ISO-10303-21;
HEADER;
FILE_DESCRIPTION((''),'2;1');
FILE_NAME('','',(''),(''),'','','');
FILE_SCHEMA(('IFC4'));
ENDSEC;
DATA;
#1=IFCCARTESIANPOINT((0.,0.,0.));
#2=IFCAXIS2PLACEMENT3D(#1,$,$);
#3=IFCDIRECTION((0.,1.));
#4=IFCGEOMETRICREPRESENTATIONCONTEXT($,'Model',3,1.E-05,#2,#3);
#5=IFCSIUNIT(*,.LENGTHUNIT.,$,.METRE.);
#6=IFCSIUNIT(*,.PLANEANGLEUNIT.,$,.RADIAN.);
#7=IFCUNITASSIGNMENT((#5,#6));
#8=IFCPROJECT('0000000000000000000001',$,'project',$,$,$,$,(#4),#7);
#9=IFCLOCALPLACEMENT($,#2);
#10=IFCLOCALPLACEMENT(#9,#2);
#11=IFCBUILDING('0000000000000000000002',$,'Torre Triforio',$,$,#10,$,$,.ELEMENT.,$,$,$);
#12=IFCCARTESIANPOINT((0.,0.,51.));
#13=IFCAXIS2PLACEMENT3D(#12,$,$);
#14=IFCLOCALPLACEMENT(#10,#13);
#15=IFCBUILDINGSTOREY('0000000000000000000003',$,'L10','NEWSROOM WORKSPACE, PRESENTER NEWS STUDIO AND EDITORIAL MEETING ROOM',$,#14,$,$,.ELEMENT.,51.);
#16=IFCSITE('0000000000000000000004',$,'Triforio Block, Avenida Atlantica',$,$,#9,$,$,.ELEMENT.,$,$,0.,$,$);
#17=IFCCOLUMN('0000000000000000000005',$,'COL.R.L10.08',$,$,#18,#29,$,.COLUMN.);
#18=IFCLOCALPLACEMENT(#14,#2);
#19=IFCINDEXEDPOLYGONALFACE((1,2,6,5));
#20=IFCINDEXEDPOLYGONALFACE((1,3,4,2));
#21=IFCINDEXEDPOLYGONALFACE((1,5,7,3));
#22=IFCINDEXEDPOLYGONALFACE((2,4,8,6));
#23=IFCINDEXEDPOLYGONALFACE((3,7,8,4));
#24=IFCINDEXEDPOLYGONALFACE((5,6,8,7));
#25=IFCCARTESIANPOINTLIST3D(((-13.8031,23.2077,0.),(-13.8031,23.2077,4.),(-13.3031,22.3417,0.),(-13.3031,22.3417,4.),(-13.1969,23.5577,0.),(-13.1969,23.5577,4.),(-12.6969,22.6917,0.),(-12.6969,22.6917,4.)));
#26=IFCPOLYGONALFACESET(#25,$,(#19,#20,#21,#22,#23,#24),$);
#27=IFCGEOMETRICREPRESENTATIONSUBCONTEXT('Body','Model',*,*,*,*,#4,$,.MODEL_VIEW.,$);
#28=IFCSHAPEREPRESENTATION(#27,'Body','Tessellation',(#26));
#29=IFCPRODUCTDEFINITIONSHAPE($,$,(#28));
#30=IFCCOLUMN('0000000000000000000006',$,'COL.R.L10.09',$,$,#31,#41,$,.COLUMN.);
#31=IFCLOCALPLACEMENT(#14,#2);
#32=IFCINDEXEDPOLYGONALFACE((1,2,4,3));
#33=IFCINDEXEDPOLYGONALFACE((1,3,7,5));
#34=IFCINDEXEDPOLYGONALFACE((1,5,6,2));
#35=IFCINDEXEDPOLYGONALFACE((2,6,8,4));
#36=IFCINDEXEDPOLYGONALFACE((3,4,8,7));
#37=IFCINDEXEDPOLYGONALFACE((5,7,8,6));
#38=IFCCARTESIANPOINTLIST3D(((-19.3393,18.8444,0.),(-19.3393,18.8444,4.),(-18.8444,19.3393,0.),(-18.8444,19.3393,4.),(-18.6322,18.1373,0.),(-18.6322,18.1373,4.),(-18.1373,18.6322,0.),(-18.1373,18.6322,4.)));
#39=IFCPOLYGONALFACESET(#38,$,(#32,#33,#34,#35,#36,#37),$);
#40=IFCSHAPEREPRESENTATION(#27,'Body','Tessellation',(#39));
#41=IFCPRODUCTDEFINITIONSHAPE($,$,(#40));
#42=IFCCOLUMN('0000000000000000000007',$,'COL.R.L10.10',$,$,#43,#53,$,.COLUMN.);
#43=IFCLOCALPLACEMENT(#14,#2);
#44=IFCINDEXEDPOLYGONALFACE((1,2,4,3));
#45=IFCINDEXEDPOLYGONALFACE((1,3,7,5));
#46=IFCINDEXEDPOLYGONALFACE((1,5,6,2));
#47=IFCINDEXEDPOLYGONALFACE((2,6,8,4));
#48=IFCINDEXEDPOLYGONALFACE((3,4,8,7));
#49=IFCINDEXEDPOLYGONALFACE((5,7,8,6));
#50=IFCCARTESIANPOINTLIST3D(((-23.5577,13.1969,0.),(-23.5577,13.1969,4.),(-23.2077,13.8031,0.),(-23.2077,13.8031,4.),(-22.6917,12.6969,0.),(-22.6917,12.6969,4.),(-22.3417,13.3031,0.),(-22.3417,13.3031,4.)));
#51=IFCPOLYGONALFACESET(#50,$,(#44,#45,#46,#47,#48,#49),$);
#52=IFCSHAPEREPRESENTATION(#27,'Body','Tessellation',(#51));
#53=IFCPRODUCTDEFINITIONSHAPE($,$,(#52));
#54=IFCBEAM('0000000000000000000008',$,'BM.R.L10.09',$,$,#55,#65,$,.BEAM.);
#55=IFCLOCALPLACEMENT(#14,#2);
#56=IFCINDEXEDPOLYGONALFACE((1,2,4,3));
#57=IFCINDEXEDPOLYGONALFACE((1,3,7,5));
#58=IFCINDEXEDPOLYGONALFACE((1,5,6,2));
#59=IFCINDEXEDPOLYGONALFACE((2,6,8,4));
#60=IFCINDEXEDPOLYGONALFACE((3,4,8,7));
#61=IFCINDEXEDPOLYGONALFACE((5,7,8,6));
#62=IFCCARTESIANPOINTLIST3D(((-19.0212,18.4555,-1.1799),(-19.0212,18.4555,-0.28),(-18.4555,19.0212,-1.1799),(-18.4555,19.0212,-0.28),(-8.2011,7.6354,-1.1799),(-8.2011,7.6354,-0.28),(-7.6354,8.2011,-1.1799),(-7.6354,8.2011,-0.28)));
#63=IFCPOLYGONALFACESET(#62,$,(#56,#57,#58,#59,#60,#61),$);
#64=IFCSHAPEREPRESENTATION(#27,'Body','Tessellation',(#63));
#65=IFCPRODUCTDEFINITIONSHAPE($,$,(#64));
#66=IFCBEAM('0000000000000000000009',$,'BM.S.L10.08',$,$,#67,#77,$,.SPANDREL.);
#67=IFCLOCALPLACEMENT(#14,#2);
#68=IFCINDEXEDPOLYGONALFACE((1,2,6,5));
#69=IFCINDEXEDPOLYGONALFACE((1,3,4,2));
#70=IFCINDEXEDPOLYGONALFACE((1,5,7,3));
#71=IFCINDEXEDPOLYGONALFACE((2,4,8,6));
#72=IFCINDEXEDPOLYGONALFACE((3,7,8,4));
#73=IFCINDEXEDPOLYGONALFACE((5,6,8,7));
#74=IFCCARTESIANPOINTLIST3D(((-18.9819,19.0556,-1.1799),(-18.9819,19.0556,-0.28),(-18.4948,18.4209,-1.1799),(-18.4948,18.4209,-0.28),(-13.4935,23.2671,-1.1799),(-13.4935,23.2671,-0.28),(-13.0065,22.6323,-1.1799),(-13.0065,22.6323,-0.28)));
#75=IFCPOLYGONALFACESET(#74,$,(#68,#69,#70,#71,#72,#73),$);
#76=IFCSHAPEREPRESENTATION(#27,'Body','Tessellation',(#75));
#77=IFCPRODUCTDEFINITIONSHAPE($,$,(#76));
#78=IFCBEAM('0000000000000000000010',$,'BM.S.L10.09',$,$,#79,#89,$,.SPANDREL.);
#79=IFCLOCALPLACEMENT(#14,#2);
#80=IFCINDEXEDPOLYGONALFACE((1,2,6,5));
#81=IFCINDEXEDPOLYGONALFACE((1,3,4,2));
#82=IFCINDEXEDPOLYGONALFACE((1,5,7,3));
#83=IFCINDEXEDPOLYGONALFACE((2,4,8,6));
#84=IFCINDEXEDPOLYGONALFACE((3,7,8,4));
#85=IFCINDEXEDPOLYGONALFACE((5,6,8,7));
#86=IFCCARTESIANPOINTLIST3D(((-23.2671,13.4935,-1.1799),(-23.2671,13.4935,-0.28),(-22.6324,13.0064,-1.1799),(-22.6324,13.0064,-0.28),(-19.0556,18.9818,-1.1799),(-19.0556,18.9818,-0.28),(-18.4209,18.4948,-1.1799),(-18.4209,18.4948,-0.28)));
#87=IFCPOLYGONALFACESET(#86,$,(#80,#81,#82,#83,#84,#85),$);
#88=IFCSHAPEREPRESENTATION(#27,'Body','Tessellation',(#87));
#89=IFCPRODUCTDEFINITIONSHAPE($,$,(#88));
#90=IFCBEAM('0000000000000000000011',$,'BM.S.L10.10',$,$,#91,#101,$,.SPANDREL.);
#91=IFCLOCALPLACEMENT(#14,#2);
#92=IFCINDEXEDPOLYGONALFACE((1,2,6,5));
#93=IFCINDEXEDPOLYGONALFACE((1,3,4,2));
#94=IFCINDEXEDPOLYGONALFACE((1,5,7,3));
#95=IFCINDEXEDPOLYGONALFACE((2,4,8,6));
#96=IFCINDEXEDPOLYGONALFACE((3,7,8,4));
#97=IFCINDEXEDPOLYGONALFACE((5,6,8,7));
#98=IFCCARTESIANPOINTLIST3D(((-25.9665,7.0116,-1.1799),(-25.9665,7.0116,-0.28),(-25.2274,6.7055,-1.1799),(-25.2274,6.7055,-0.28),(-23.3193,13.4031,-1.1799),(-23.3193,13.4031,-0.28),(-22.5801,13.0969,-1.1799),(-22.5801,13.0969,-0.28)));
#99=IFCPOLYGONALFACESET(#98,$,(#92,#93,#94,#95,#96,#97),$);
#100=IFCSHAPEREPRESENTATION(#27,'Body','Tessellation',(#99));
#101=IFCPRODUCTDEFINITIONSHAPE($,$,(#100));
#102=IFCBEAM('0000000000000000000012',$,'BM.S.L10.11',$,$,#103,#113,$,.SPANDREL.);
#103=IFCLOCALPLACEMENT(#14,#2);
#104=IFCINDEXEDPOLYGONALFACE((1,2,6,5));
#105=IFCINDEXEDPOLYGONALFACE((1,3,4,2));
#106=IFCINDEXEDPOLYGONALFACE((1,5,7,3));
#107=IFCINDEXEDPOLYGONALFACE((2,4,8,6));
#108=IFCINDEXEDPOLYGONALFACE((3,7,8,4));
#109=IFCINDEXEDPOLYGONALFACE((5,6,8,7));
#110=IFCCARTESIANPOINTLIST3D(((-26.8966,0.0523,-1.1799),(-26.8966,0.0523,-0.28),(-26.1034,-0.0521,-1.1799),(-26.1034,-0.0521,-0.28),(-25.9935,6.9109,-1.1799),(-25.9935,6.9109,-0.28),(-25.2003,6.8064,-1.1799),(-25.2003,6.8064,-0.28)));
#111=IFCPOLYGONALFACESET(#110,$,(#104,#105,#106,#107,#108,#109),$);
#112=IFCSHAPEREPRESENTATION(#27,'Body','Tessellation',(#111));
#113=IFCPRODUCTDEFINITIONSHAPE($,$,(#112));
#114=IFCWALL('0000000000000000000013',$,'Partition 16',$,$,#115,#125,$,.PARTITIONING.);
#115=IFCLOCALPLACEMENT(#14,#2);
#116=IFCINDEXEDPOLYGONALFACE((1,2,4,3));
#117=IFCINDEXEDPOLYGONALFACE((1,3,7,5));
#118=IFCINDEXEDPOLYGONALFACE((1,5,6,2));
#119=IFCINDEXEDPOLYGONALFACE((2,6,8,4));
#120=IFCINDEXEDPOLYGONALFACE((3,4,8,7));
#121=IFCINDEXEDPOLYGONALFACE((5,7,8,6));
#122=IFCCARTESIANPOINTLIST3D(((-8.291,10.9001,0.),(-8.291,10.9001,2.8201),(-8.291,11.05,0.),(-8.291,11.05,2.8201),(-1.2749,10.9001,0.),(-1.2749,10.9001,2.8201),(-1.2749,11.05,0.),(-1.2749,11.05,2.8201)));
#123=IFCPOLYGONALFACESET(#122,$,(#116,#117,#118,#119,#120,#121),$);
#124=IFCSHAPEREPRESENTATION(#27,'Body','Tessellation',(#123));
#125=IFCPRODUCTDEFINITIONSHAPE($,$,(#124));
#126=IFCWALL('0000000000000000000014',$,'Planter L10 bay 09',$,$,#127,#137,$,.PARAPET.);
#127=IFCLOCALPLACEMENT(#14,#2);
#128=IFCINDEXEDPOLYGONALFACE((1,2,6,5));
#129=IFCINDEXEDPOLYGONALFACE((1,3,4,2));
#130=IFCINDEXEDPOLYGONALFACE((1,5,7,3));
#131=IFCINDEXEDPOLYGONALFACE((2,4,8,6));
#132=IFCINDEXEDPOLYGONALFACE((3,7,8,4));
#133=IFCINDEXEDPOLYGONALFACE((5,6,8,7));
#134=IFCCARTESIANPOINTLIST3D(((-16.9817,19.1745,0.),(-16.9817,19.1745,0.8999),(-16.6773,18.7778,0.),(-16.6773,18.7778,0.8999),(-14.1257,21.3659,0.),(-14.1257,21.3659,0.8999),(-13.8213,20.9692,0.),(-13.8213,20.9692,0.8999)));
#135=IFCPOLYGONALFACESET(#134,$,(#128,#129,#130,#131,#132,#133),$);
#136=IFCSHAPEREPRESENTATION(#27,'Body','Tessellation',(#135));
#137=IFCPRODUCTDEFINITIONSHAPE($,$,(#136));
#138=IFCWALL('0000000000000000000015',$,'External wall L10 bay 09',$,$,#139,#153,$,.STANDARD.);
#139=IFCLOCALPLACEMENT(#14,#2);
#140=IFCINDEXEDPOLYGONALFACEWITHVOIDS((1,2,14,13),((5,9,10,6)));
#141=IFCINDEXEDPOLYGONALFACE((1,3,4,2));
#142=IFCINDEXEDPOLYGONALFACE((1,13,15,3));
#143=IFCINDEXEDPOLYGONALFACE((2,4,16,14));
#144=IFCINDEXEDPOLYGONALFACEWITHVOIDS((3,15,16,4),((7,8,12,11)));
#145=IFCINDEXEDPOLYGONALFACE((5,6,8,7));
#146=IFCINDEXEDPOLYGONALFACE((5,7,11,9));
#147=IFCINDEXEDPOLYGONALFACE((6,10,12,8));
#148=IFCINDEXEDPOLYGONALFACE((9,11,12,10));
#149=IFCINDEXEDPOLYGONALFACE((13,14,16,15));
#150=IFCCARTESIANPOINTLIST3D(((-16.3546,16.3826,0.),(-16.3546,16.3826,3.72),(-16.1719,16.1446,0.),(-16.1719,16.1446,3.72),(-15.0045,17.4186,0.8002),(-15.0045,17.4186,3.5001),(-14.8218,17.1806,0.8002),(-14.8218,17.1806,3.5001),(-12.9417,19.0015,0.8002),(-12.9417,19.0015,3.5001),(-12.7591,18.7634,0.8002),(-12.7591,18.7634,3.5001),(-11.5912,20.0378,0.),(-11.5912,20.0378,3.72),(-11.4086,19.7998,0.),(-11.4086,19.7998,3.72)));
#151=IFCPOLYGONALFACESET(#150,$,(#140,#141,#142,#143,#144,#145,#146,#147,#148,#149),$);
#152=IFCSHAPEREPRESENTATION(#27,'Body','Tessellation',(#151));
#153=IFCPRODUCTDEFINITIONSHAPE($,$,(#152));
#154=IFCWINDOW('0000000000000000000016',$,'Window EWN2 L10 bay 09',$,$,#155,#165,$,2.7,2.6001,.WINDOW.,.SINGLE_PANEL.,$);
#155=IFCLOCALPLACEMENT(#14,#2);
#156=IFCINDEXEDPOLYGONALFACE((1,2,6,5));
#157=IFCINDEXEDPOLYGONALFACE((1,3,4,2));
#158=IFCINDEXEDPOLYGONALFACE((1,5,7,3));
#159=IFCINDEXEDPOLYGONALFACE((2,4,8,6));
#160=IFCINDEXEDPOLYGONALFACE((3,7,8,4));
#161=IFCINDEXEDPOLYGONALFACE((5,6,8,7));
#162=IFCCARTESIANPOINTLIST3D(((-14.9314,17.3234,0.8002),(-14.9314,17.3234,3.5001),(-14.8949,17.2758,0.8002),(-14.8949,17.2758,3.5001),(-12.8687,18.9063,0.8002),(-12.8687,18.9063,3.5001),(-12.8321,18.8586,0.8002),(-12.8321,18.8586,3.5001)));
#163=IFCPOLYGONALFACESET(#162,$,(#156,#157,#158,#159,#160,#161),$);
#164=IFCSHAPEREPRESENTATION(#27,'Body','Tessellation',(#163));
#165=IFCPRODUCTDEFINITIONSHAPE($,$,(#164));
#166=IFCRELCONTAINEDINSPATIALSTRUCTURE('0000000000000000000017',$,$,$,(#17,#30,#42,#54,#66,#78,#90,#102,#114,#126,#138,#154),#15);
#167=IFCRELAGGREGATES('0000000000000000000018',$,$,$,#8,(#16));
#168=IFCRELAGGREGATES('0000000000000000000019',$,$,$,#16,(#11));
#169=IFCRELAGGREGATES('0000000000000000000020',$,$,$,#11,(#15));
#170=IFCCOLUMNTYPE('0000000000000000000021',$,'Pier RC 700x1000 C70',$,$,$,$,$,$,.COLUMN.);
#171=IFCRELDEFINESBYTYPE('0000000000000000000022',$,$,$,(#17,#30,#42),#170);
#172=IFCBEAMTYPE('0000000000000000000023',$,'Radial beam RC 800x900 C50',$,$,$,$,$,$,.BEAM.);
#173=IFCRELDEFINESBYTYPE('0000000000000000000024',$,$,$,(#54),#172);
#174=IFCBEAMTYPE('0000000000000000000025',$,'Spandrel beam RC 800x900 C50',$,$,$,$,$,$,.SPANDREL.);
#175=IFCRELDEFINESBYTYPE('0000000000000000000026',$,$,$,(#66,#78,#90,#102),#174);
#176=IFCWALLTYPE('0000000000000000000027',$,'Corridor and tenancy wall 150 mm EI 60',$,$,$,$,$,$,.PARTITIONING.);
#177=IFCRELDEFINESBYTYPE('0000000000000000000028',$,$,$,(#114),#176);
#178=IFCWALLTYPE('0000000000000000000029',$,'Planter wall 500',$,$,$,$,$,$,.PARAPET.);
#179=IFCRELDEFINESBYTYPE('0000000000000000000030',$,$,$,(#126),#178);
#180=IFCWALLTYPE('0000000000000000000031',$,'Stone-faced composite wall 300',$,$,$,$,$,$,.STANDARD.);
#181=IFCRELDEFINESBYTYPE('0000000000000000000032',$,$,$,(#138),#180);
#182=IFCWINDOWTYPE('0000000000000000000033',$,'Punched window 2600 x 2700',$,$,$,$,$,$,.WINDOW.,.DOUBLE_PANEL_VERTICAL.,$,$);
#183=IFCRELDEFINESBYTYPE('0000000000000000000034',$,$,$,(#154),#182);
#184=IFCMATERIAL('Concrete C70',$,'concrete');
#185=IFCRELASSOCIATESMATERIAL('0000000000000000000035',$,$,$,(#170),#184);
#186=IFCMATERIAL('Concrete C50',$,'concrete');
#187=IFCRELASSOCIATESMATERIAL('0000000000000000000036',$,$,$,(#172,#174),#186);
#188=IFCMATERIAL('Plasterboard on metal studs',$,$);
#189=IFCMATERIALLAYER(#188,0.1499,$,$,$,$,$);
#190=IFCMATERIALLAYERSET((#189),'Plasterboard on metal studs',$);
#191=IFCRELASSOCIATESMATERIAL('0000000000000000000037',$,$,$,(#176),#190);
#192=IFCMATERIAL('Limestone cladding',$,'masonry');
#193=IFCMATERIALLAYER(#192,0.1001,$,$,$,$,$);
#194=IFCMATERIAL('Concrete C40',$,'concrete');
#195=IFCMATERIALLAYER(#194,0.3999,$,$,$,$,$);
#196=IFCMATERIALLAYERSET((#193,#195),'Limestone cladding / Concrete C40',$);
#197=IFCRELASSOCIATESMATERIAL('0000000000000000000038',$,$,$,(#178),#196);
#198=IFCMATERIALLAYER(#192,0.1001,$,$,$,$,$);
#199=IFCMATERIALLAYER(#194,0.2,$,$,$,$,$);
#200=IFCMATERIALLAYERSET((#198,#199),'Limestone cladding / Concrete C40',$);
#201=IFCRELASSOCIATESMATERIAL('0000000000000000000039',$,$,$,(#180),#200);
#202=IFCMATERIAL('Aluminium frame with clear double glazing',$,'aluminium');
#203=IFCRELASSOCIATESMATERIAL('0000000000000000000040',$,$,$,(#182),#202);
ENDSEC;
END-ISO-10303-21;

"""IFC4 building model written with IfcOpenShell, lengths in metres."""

from ifc_helpers import new_model, si_unit, direction, frame, frame_2d, origin, origin_2d, place, context, subcontext, project, spatial, rectangle, extrude, material, layer, layer_set, material_profile, profile_set, type_object, element, fill, save


model = new_model("IFC4")

# Units and contexts
model_context = context("Model", 3, precision=1e-05, world=origin(), true_north=direction((0.0, 1.0)))
body_context = subcontext(model_context, "Body", "Model", "MODEL_VIEW")
ifc_project = project(units=[si_unit("LENGTHUNIT", "METRE"), si_unit("PLANEANGLEUNIT", "RADIAN")], contexts=[model_context])

# Site, building, storey
site_placement = place(None, origin())
site = spatial("IfcSite", under=ifc_project, at=site_placement, Name="Triforio Block, Avenida Atlantica", CompositionType="ELEMENT", RefElevation=0.0)
building_placement = place(site_placement, origin())
building = spatial("IfcBuilding", under=site, at=building_placement, Name="Torre Triforio", CompositionType="ELEMENT")
storey_placement = place(building_placement, frame((0.0, 0.0, 51.0)))
storey = spatial("IfcBuildingStorey", under=building, at=storey_placement, Name="L10", Description="NEWSROOM WORKSPACE, PRESENTER NEWS STUDIO AND EDITORIAL MEETING ROOM", CompositionType="ELEMENT", Elevation=51.0)

# Columns
ifc_material_1 = material(Name="Concrete C70", Category="concrete")
ifc_material_profile_1 = material_profile(ifc_material_1, rectangle(XDim=0.7, YDim=1.0, at=origin_2d()), Name="RC 700x1000")
ifc_profile_set_1 = profile_set([ifc_material_profile_1], Name="Concrete C70")
column_type = type_object("IfcColumnType", Name="Pier RC 700x1000 C70", PredefinedType="COLUMN", material=ifc_profile_set_1)
for number, where, z_axis, x_axis, name in (
    (1, (-13.25, 22.9497, 0.0), (0.0, 0.0, 1.0), (-0.866025, -0.5, 0.0), "COL.R.L10.08"),
    (2, (-18.7383, 18.7383, 0.0), (0.0, 0.0, 1.0), (-0.707107, -0.707107, 0.0), "COL.R.L10.09"),
    (3, (-22.9497, 13.25, 0.0), (0.0, 0.0, 1.0), (-0.5, -0.866025, 0.0), "COL.R.L10.10"),
):
    element("IfcColumn", number, at=place(storey_placement, frame(where, z_axis=z_axis, x_axis=x_axis)), inside=storey, type_object=column_type, Name=name, PredefinedType="COLUMN", context=body_context, shape_type="SweptSolid", body=[
        extrude(rectangle(XDim=0.7, YDim=1.0, at=origin_2d()), origin(), (0.0, 0.0, 1.0), 4.0),
    ])

# Beams
ifc_material_2 = material(Name="Concrete C50", Category="concrete")
ifc_material_profile_2 = material_profile(ifc_material_2, rectangle(XDim=0.8, YDim=0.8999, at=origin_2d()), Name="RC 800x900")
ifc_profile_set_2 = profile_set([ifc_material_profile_2], Name="Concrete C50")
beam_type_1 = type_object("IfcBeamType", Name="Radial beam RC 800x900 C50", PredefinedType="BEAM", material=ifc_profile_set_2)
beam_1_placement = place(storey_placement, frame((-7.9182, 7.9182, -0.73), z_axis=(-0.707107, 0.707107, 0.0), x_axis=(-0.707107, -0.707107, 0.0)))
element("IfcBeam", 4, at=beam_1_placement, inside=storey, type_object=beam_type_1, Name="BM.R.L10.09", PredefinedType="BEAM", context=body_context, shape_type="SweptSolid", body=[
    extrude(rectangle(XDim=0.8, YDim=0.8999, at=origin_2d()), origin(), (0.0, 0.0, 1.0), 15.302),
])
ifc_material_profile_3 = material_profile(ifc_material_2, rectangle(XDim=0.8, YDim=0.8999, at=origin_2d()), Name="RC 800x900")
ifc_profile_set_3 = profile_set([ifc_material_profile_3], Name="Concrete C50")
beam_type_2 = type_object("IfcBeamType", Name="Spandrel beam RC 800x900 C50", PredefinedType="SPANDREL", material=ifc_profile_set_3)
for number, where, z_axis, x_axis, name in (
    (5, (-13.25, 22.9497, -0.73), (-0.793345, -0.608772, 0.0), (0.608772, -0.793345, 0.0), "BM.S.L10.08"),
    (6, (-18.7383, 18.7383, -0.73), (-0.608772, -0.793345, 0.0), (0.793345, -0.608772, 0.0), "BM.S.L10.09"),
    (7, (-22.9497, 13.25, -0.73), (-0.382662, -0.923888, 0.0), (0.923888, -0.382662, 0.0), "BM.S.L10.10"),
):
    element("IfcBeam", number, at=place(storey_placement, frame(where, z_axis=z_axis, x_axis=x_axis)), inside=storey, type_object=beam_type_2, Name=name, PredefinedType="SPANDREL", context=body_context, shape_type="SweptSolid", body=[
        extrude(rectangle(XDim=0.8, YDim=0.8999, at=origin_2d()), origin(), (0.0, 0.0, 1.0), 6.918),
    ])
beam_2_placement = place(storey_placement, frame((-25.5969, 6.8586, -0.73), z_axis=(-0.130543, -0.991443, 0.0), x_axis=(0.991443, -0.130543, 0.0)))
element("IfcBeam", 8, at=beam_2_placement, inside=storey, type_object=beam_type_2, Name="BM.S.L10.11", PredefinedType="SPANDREL", context=body_context, shape_type="SweptSolid", body=[
    extrude(rectangle(XDim=0.8, YDim=0.8999, at=origin_2d()), origin(), (0.0, 0.0, 1.0), 6.9177),
])

# Walls
ifc_material_3 = material(Name="Plasterboard on metal studs")
ifc_layer_1 = layer(ifc_material_3, 0.1499)
ifc_layer_set_1 = layer_set([ifc_layer_1], Name="Plasterboard on metal studs")
wall_type_1 = type_object("IfcWallType", Name="Corridor and tenancy wall 150 mm EI 60", PredefinedType="PARTITIONING", material=ifc_layer_set_1)
wall_1_placement = place(storey_placement, frame((-8.291, 10.9751, 0.0), z_axis=(0.0, 0.0, 1.0), x_axis=(1.0, 0.0, 0.0)))
element("IfcWall", 9, at=wall_1_placement, inside=storey, type_object=wall_type_1, Name="Partition 16", PredefinedType="PARTITIONING", context=body_context, shape_type="SweptSolid", body=[
    extrude(rectangle(XDim=7.0161, YDim=0.1499, at=frame_2d((3.5081, 0.0))), origin(), (0.0, 0.0, 1.0), 2.8201),
])
ifc_material_4 = material(Name="Limestone cladding", Category="masonry")
ifc_layer_2 = layer(ifc_material_4, 0.1001)
ifc_material_5 = material(Name="Concrete C40", Category="concrete")
ifc_layer_3 = layer(ifc_material_5, 0.3999)
ifc_layer_set_2 = layer_set([ifc_layer_2, ifc_layer_3], Name="Limestone cladding / Concrete C40")
wall_type_2 = type_object("IfcWallType", Name="Planter wall 500", PredefinedType="PARAPET", material=ifc_layer_set_2)
wall_2_placement = place(storey_placement, frame((-13.9736, 21.1675, 0.0), z_axis=(0.0, 0.0, 1.0), x_axis=(-0.79336, -0.608753, 0.0)))
element("IfcWall", 10, at=wall_2_placement, inside=storey, type_object=wall_type_2, Name="Planter L10 bay 09", PredefinedType="PARAPET", context=body_context, shape_type="SweptSolid", body=[
    extrude(rectangle(XDim=3.5999, YDim=0.5, at=frame_2d((1.7998, 0.0))), origin(), (0.0, 0.0, 1.0), 0.8999),
])

# Wall, opening, window
ifc_layer_4 = layer(ifc_material_4, 0.1001)
ifc_layer_5 = layer(ifc_material_5, 0.2)
ifc_layer_set_3 = layer_set([ifc_layer_4, ifc_layer_5], Name="Limestone cladding / Concrete C40")
wall_type_3 = type_object("IfcWallType", Name="Stone-faced composite wall 300", PredefinedType="STANDARD", material=ifc_layer_set_3)
wall_3_placement = place(storey_placement, frame((-11.5, 19.9187, 0.0), z_axis=(0.0, 0.0, 1.0), x_axis=(-0.79334, -0.608779, 0.0)))
wall_3 = element("IfcWall", 11, at=wall_3_placement, inside=storey, type_object=wall_type_3, Name="External wall L10 bay 09", PredefinedType="STANDARD", context=body_context, shape_type="SweptSolid", body=[
    extrude(rectangle(XDim=6.0042, YDim=0.3, at=frame_2d((3.002, 0.0))), origin(), (0.0, 0.0, 1.0), 3.72),
])
opening_1_placement = place(wall_3_placement, frame((1.7021, 0.0, 0.8)))
opening_1 = element("IfcOpeningElement", 12, at=opening_1_placement, cuts=wall_3, PredefinedType="OPENING", context=body_context, shape_type="SweptSolid", body=[
    extrude(rectangle(XDim=2.6001, YDim=2.7, at=frame_2d((1.3, 1.3501))), frame((0.0, 0.1599, 0.0), z_axis=(0.0, -1.0, 0.0), x_axis=(1.0, 0.0, 0.0)), (0.0, 0.0, 1.0), 0.3201),
])
ifc_material_6 = material(Name="Aluminium frame with clear double glazing", Category="aluminium")
window_type_1 = type_object("IfcWindowType", Name="Punched window 2600 x 2700", PartitioningType="DOUBLE_PANEL_VERTICAL", PredefinedType="WINDOW", material=ifc_material_6)
window_1_placement = place(opening_1_placement, origin())
window_1 = element("IfcWindow", 13, at=window_1_placement, inside=storey, type_object=window_type_1, Name="Window EWN2 L10 bay 09", OverallHeight=2.7, OverallWidth=2.6001, PartitioningType="SINGLE_PANEL", PredefinedType="WINDOW", context=body_context, shape_type="SweptSolid", body=[
    extrude(rectangle(XDim=2.6001, YDim=2.7, at=frame_2d((1.3, 1.3501))), frame((0.0, 0.03, 0.0), z_axis=(0.0, -1.0, 0.0), x_axis=(1.0, 0.0, 0.0)), (0.0, 0.0, 1.0), 0.0601),
])
fill(opening_1, window_1)

save(model, "model.ifc")
